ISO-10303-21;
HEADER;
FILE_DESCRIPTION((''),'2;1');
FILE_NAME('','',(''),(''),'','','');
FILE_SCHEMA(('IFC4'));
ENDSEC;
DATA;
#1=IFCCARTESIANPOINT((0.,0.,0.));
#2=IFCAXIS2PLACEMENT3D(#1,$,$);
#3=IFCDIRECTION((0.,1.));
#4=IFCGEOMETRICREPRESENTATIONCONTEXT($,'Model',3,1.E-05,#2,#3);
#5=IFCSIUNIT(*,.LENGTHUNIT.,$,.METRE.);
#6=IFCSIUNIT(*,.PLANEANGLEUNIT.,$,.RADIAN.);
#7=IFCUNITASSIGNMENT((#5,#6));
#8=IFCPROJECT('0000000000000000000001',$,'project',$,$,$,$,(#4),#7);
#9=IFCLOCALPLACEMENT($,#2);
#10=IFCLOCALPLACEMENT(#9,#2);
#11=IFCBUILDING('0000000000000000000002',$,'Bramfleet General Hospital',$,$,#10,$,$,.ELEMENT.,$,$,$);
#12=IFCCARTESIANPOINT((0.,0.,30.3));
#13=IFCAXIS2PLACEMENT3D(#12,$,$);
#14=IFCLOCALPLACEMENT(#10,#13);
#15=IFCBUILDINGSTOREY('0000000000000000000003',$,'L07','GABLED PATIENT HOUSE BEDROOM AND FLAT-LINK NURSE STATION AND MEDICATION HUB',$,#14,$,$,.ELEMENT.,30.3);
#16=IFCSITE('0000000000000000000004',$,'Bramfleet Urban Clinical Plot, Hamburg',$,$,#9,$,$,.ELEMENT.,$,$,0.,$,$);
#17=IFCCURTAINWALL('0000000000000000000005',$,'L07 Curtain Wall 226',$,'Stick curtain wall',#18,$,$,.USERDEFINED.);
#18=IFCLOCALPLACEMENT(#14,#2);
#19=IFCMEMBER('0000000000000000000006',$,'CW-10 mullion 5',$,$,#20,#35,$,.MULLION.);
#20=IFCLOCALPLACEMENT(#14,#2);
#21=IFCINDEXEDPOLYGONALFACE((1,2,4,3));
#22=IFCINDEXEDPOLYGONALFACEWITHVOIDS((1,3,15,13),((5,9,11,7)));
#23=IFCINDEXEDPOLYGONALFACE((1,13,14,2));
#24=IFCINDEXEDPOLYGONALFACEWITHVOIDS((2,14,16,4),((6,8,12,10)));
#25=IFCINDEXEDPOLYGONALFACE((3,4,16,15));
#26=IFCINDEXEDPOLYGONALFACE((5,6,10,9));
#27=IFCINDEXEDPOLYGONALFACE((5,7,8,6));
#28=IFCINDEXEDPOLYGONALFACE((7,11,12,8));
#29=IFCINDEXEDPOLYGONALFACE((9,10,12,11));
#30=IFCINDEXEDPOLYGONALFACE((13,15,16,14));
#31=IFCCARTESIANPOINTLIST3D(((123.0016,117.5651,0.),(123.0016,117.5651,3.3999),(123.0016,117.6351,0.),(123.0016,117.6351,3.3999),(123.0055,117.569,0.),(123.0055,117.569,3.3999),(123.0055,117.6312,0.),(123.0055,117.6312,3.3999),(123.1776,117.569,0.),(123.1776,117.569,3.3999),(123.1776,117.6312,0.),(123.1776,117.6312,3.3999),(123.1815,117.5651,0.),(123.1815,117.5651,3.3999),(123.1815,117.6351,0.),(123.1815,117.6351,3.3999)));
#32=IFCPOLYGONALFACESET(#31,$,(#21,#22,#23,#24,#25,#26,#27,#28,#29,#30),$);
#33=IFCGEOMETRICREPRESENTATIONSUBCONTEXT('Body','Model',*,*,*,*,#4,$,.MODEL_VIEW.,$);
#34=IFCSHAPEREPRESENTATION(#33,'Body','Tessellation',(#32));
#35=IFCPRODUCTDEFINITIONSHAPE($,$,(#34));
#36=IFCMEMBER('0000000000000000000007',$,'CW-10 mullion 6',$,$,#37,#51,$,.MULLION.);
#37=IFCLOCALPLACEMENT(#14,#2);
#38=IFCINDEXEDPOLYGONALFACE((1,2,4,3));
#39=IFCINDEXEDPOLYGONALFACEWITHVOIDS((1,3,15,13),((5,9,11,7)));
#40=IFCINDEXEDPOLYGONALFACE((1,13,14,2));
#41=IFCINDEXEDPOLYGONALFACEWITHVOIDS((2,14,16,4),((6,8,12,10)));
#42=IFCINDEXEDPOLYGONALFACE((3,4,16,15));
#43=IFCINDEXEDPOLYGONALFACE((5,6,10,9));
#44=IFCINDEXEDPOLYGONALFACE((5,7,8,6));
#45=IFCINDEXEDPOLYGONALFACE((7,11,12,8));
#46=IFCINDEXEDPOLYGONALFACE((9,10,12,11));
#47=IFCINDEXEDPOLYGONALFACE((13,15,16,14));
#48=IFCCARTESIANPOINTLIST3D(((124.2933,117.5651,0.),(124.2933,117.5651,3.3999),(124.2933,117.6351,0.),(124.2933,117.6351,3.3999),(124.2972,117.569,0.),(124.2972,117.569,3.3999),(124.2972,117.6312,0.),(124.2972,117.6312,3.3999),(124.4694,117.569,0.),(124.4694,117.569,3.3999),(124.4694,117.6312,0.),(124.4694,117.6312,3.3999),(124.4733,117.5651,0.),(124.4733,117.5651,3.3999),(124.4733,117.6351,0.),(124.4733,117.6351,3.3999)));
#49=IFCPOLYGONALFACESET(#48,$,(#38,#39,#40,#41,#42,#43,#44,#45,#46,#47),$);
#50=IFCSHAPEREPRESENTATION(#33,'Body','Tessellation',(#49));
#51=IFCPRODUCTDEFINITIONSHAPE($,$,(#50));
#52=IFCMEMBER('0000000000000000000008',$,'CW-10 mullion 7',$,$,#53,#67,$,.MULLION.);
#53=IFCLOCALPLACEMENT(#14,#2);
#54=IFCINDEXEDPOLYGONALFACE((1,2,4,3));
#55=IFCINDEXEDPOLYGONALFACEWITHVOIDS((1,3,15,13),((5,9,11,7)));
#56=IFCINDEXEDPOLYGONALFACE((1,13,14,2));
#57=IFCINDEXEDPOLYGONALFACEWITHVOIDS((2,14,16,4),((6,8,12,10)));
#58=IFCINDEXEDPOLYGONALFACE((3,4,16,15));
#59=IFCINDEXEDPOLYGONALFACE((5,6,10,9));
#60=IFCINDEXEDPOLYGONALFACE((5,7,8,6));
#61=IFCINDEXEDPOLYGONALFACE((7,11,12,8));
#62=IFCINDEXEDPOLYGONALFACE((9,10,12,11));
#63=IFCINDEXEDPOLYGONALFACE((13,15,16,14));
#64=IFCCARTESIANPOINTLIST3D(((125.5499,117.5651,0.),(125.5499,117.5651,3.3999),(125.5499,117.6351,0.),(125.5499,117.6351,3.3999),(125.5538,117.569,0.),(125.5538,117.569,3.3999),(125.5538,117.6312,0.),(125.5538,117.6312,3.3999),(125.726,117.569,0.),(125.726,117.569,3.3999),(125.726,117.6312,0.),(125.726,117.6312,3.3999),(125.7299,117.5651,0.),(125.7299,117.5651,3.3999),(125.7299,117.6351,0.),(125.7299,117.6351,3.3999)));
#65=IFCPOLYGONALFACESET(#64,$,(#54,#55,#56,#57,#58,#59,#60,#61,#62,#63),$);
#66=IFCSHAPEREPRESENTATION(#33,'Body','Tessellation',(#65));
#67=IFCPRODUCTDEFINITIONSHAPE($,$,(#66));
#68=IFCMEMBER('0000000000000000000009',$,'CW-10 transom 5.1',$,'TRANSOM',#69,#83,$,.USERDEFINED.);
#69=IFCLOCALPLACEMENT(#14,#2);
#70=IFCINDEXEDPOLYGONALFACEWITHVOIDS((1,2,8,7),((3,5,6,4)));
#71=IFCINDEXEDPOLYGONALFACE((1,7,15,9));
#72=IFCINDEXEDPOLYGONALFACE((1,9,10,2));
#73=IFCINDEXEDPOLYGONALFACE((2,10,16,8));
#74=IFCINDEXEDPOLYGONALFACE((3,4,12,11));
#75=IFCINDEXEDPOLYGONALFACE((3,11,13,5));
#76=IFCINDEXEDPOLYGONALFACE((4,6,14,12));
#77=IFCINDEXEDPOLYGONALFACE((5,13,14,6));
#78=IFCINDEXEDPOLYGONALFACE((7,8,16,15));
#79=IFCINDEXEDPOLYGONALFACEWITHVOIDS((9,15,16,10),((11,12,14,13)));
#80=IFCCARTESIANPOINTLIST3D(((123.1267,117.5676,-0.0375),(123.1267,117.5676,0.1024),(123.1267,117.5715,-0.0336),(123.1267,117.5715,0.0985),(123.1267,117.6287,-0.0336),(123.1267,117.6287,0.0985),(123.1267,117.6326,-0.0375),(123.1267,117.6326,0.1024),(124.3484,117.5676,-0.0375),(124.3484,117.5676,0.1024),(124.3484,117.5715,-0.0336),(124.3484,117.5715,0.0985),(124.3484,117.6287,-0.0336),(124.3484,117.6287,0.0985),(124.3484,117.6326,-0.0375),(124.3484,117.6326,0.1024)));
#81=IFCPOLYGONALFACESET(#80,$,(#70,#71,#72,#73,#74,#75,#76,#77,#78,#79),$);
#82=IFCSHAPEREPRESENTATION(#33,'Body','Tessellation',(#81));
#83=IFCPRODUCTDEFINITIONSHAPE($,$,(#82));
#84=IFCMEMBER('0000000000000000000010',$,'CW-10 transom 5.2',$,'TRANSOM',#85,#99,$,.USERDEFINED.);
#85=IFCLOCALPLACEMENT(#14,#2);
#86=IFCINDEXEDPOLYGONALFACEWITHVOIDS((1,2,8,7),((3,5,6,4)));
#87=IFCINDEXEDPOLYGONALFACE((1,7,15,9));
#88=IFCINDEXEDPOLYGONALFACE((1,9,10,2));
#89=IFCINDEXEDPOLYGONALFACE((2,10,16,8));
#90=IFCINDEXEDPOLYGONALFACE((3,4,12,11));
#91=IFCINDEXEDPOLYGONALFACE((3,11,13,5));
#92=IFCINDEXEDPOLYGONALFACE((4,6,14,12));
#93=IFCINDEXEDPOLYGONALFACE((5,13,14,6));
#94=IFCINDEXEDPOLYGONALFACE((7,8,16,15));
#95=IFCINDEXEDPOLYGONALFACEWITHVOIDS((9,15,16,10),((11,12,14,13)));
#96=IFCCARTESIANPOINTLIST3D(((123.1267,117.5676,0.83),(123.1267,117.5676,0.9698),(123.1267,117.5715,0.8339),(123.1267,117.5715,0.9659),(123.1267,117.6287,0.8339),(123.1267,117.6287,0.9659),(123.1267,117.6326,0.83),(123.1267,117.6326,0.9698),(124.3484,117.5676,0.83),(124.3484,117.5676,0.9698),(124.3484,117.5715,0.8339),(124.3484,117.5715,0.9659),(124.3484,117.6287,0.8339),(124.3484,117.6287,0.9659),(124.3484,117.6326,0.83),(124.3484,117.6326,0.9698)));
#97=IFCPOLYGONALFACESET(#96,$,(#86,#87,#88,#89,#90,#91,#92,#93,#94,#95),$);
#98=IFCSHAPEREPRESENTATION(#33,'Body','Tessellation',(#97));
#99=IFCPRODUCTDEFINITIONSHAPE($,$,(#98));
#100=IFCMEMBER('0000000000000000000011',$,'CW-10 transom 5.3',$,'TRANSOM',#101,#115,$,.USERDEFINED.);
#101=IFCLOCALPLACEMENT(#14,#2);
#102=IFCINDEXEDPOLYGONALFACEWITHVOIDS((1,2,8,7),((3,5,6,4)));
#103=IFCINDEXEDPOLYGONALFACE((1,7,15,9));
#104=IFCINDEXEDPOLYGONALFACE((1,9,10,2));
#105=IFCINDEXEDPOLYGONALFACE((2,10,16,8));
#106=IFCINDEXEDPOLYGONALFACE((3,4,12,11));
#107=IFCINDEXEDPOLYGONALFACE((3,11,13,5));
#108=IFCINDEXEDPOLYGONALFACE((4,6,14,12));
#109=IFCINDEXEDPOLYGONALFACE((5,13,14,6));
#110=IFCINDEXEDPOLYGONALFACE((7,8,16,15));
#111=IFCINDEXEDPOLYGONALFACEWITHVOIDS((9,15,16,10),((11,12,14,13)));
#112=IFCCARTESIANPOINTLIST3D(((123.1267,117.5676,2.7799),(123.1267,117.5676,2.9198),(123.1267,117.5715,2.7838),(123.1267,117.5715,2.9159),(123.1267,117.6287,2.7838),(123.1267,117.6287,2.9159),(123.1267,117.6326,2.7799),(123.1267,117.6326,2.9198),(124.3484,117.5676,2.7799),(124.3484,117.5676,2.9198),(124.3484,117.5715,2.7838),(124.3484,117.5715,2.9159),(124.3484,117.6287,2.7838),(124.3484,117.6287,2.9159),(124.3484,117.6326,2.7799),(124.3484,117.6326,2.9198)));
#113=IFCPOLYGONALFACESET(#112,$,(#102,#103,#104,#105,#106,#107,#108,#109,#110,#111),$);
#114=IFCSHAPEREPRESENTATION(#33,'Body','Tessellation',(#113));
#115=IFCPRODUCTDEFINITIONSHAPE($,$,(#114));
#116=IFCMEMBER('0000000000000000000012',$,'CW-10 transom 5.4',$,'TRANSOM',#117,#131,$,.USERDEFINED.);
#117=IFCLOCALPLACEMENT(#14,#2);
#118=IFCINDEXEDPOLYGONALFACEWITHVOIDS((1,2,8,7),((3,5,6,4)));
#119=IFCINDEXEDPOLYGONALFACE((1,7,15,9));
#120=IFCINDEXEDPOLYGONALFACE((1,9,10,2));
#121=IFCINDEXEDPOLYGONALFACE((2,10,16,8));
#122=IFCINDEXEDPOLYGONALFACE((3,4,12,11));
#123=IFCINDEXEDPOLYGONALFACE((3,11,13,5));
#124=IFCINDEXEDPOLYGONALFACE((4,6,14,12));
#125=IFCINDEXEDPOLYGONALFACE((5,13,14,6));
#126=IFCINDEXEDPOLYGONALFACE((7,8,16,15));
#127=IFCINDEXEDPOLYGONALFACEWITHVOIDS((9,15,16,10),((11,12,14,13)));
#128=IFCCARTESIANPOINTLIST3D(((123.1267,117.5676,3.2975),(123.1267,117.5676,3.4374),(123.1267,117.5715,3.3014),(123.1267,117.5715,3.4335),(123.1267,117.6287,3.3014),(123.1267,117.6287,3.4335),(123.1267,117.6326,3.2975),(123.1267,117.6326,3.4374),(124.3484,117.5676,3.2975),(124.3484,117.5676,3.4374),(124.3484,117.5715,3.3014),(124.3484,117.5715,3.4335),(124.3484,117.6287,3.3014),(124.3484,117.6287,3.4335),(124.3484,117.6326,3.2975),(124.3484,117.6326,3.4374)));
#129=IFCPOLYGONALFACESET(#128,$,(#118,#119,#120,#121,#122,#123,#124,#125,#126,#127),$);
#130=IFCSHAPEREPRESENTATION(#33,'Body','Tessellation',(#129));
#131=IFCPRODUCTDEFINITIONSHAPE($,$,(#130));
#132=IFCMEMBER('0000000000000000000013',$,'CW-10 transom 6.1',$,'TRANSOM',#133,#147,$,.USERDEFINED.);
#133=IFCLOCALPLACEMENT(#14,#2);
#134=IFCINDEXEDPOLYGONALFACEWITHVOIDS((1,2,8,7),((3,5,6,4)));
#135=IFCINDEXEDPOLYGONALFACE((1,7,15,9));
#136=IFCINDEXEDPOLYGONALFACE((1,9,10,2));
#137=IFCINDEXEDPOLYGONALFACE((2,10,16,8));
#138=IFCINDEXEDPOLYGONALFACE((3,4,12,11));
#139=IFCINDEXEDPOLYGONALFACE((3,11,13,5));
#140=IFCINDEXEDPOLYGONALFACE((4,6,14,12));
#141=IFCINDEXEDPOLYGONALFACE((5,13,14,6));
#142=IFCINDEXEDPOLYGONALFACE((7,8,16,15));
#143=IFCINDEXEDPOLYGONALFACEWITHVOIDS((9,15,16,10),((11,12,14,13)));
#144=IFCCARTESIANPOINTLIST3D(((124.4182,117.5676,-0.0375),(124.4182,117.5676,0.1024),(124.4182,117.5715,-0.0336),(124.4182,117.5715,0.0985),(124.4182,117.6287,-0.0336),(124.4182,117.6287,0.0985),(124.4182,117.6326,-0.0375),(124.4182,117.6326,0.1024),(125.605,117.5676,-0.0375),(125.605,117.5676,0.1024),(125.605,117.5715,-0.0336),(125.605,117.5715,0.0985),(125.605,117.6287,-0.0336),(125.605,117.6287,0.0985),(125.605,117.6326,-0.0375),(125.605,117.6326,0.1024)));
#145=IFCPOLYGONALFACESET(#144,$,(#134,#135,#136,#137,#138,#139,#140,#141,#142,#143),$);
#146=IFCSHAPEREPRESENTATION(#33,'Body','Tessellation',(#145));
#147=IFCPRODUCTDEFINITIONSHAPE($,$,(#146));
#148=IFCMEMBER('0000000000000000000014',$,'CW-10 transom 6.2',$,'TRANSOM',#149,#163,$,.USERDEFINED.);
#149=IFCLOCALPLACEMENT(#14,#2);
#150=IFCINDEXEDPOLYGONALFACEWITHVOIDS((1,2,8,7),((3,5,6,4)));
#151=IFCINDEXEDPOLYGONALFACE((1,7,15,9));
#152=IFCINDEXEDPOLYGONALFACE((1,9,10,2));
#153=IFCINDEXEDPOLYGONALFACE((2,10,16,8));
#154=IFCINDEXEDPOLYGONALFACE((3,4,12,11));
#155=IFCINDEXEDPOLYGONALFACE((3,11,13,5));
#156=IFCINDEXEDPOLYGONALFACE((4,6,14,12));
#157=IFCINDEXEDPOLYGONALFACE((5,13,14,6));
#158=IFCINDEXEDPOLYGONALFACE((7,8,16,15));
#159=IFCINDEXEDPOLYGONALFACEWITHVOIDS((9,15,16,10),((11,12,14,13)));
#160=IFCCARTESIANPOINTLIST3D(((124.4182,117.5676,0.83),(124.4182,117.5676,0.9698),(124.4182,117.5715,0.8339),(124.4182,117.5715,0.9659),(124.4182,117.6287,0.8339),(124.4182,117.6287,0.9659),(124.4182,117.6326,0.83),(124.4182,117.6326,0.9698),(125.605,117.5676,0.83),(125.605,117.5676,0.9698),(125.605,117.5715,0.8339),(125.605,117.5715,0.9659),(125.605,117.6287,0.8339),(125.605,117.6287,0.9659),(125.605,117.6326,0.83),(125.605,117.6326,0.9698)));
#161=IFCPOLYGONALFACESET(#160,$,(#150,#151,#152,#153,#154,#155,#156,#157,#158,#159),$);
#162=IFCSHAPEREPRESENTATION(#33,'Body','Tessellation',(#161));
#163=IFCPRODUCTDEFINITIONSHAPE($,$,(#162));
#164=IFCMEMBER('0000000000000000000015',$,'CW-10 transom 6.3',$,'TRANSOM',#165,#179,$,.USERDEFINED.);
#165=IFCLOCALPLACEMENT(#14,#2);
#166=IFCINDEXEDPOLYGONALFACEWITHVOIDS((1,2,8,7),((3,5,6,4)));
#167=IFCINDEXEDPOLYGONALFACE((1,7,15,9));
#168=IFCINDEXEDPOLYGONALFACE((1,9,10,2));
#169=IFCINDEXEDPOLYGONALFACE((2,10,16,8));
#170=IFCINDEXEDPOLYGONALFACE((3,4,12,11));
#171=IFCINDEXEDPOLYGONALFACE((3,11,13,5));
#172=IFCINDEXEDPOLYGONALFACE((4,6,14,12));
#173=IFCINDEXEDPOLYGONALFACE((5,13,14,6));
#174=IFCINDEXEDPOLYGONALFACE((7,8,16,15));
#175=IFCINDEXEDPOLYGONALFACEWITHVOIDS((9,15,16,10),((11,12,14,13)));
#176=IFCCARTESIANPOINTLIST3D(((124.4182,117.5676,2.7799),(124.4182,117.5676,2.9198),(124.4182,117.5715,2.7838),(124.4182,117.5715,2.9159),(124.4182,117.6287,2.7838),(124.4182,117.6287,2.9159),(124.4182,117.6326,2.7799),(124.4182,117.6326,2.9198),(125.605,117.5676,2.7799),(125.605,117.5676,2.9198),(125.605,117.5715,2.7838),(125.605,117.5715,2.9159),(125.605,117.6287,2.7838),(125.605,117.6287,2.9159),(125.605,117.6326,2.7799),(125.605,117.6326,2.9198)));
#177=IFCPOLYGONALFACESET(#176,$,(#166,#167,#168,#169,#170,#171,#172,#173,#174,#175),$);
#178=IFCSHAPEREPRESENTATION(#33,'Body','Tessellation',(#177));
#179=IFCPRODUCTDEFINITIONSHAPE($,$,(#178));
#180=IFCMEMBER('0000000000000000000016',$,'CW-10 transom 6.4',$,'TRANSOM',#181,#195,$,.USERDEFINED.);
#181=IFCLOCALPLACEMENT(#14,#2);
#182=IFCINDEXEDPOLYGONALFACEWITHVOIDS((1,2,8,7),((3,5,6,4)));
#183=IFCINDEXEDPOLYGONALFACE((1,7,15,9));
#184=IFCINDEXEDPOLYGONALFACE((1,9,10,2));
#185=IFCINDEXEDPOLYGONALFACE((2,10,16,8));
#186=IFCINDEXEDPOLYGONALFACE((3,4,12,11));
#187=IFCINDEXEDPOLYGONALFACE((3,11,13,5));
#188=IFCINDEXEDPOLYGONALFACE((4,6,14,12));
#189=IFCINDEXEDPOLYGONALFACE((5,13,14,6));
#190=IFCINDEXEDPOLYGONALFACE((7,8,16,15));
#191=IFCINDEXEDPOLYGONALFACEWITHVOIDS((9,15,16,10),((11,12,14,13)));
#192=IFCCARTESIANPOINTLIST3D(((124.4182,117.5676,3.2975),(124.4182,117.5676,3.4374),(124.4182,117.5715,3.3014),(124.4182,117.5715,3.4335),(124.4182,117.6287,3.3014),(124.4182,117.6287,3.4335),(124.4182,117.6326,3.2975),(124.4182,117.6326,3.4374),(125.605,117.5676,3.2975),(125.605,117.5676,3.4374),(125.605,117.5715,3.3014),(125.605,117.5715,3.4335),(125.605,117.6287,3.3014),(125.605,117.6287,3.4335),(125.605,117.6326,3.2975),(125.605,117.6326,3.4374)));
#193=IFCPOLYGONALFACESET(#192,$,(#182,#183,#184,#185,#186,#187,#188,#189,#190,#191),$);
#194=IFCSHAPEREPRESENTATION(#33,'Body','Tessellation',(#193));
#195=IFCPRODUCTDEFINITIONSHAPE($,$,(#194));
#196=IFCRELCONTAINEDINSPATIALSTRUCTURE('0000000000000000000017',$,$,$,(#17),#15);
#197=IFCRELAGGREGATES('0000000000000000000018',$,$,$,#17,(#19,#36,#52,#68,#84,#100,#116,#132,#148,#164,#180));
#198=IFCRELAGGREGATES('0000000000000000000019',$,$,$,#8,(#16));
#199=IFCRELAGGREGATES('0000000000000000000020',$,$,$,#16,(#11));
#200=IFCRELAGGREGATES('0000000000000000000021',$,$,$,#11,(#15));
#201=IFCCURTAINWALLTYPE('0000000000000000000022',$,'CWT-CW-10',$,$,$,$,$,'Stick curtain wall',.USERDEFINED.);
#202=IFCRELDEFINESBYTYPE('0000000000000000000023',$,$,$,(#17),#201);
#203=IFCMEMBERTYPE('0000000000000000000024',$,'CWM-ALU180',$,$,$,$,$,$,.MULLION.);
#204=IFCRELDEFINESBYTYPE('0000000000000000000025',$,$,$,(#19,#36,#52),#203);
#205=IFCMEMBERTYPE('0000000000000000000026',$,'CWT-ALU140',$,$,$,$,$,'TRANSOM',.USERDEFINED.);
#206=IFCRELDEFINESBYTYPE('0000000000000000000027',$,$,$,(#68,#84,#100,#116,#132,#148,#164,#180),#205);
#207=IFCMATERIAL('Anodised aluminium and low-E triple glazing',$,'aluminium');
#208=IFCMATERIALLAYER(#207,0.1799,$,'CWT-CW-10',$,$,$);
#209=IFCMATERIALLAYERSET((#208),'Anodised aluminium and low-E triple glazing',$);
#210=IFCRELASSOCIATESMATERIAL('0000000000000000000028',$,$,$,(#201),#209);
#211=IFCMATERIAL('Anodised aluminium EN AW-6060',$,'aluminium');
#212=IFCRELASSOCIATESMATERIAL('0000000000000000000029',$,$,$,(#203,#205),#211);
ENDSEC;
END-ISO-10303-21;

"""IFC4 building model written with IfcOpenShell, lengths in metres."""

from ifc_helpers import new_model, si_unit, direction, frame, origin, origin_2d, place, context, subcontext, project, spatial, hollow_rectangle, extrude, material, layer, layer_set, material_profile, profile_set, type_object, element, aggregate, save


model = new_model("IFC4")

# Units and contexts
model_context = context("Model", 3, precision=1e-05, world=origin(), true_north=direction((0.0, 1.0)))
body_context = subcontext(model_context, "Body", "Model", "MODEL_VIEW")
ifc_project = project(units=[si_unit("LENGTHUNIT", "METRE"), si_unit("PLANEANGLEUNIT", "RADIAN")], contexts=[model_context])

# Site, building, storey
site_placement = place(None, origin())
site = spatial("IfcSite", under=ifc_project, at=site_placement, Name="Bramfleet Urban Clinical Plot, Hamburg", CompositionType="ELEMENT", RefElevation=0.0)
building_placement = place(site_placement, origin())
building = spatial("IfcBuilding", under=site, at=building_placement, Name="Bramfleet General Hospital", CompositionType="ELEMENT")
storey_placement = place(building_placement, frame((0.0, 0.0, 30.3)))
storey = spatial("IfcBuildingStorey", under=building, at=storey_placement, Name="L07", Description="GABLED PATIENT HOUSE BEDROOM AND FLAT-LINK NURSE STATION AND MEDICATION HUB", CompositionType="ELEMENT", Elevation=30.3)

# Curtain wall, members
ifc_material_1 = material(Name="Anodised aluminium and low-E triple glazing", Category="aluminium")
ifc_layer_1 = layer(ifc_material_1, 0.1799, Name="CWT-CW-10")
ifc_layer_set_1 = layer_set([ifc_layer_1], Name="Anodised aluminium and low-E triple glazing")
curtain_wall_type = type_object("IfcCurtainWallType", Name="CWT-CW-10", ElementType="Stick curtain wall", PredefinedType="USERDEFINED", material=ifc_layer_set_1)
curtain_wall_placement = place(storey_placement, origin())
curtain_wall = element("IfcCurtainWall", 1, at=curtain_wall_placement, inside=storey, type_object=curtain_wall_type, Name="L07 Curtain Wall 226", ObjectType="Stick curtain wall", PredefinedType="USERDEFINED")
ifc_material_2 = material(Name="Anodised aluminium EN AW-6060", Category="aluminium")
ifc_material_profile_1 = material_profile(ifc_material_2, hollow_rectangle(XDim=0.0701, YDim=0.1799, WallThickness=0.0039, at=origin_2d()), Name="ALU 180x70x4.0")
ifc_profile_set_1 = profile_set([ifc_material_profile_1], Name="Anodised aluminium EN AW-6060")
member_type_1 = type_object("IfcMemberType", Name="CWM-ALU180", PredefinedType="MULLION", material=ifc_profile_set_1)
member_1_placement = place(storey_placement, frame((123.0916, 117.6001, 0.0), z_axis=(0.0, 0.0, 1.0), x_axis=(0.0, 1.0, 0.0)))
member_1 = element("IfcMember", 2, at=member_1_placement, type_object=member_type_1, Name="CW-10 mullion 5", PredefinedType="MULLION", context=body_context, shape_type="SweptSolid", body=[
    extrude(hollow_rectangle(XDim=0.0701, YDim=0.1799, WallThickness=0.0039, at=origin_2d()), origin(), (0.0, 0.0, 1.0), 3.3999),
])
member_2_placement = place(storey_placement, frame((124.3833, 117.6001, 0.0), z_axis=(0.0, 0.0, 1.0), x_axis=(0.0, 1.0, 0.0)))
member_2 = element("IfcMember", 3, at=member_2_placement, type_object=member_type_1, Name="CW-10 mullion 6", PredefinedType="MULLION", context=body_context, shape_type="SweptSolid", body=[
    extrude(hollow_rectangle(XDim=0.0701, YDim=0.1799, WallThickness=0.0039, at=origin_2d()), origin(), (0.0, 0.0, 1.0), 3.3999),
])
member_3_placement = place(storey_placement, frame((125.6399, 117.6001, 0.0), z_axis=(0.0, 0.0, 1.0), x_axis=(0.0, 1.0, 0.0)))
member_3 = element("IfcMember", 4, at=member_3_placement, type_object=member_type_1, Name="CW-10 mullion 7", PredefinedType="MULLION", context=body_context, shape_type="SweptSolid", body=[
    extrude(hollow_rectangle(XDim=0.0701, YDim=0.1799, WallThickness=0.0039, at=origin_2d()), origin(), (0.0, 0.0, 1.0), 3.3999),
])
ifc_material_profile_2 = material_profile(ifc_material_2, hollow_rectangle(XDim=0.0649, YDim=0.1399, WallThickness=0.0039, at=origin_2d()), Name="ALU 140x65x4.0")
ifc_profile_set_2 = profile_set([ifc_material_profile_2], Name="Anodised aluminium EN AW-6060")
member_type_2 = type_object("IfcMemberType", Name="CWT-ALU140", ElementType="TRANSOM", PredefinedType="USERDEFINED", material=ifc_profile_set_2)
member_4_placement = place(storey_placement, frame((123.1267, 117.6001, 0.0325), z_axis=(1.0, 0.0, 0.0), x_axis=(0.0, 1.0, 0.0)))
member_4 = element("IfcMember", 5, at=member_4_placement, type_object=member_type_2, Name="CW-10 transom 5.1", ObjectType="TRANSOM", PredefinedType="USERDEFINED", context=body_context, shape_type="SweptSolid", body=[
    extrude(hollow_rectangle(XDim=0.0649, YDim=0.1399, WallThickness=0.0039, at=origin_2d()), origin(), (0.0, 0.0, 1.0), 1.2217),
])
member_5_placement = place(storey_placement, frame((123.1267, 117.6001, 0.8999), z_axis=(1.0, 0.0, 0.0), x_axis=(0.0, 1.0, 0.0)))
member_5 = element("IfcMember", 6, at=member_5_placement, type_object=member_type_2, Name="CW-10 transom 5.2", ObjectType="TRANSOM", PredefinedType="USERDEFINED", context=body_context, shape_type="SweptSolid", body=[
    extrude(hollow_rectangle(XDim=0.0649, YDim=0.1399, WallThickness=0.0039, at=origin_2d()), origin(), (0.0, 0.0, 1.0), 1.2217),
])
member_6_placement = place(storey_placement, frame((123.1267, 117.6001, 2.8499), z_axis=(1.0, 0.0, 0.0), x_axis=(0.0, 1.0, 0.0)))
member_6 = element("IfcMember", 7, at=member_6_placement, type_object=member_type_2, Name="CW-10 transom 5.3", ObjectType="TRANSOM", PredefinedType="USERDEFINED", context=body_context, shape_type="SweptSolid", body=[
    extrude(hollow_rectangle(XDim=0.0649, YDim=0.1399, WallThickness=0.0039, at=origin_2d()), origin(), (0.0, 0.0, 1.0), 1.2217),
])
member_7_placement = place(storey_placement, frame((123.1267, 117.6001, 3.3674), z_axis=(1.0, 0.0, 0.0), x_axis=(0.0, 1.0, 0.0)))
member_7 = element("IfcMember", 8, at=member_7_placement, type_object=member_type_2, Name="CW-10 transom 5.4", ObjectType="TRANSOM", PredefinedType="USERDEFINED", context=body_context, shape_type="SweptSolid", body=[
    extrude(hollow_rectangle(XDim=0.0649, YDim=0.1399, WallThickness=0.0039, at=origin_2d()), origin(), (0.0, 0.0, 1.0), 1.2217),
])
member_8_placement = place(storey_placement, frame((124.4182, 117.6001, 0.0325), z_axis=(1.0, 0.0, 0.0), x_axis=(0.0, 1.0, 0.0)))
member_8 = element("IfcMember", 9, at=member_8_placement, type_object=member_type_2, Name="CW-10 transom 6.1", ObjectType="TRANSOM", PredefinedType="USERDEFINED", context=body_context, shape_type="SweptSolid", body=[
    extrude(hollow_rectangle(XDim=0.0649, YDim=0.1399, WallThickness=0.0039, at=origin_2d()), origin(), (0.0, 0.0, 1.0), 1.1868),
])
member_9_placement = place(storey_placement, frame((124.4182, 117.6001, 0.8999), z_axis=(1.0, 0.0, 0.0), x_axis=(0.0, 1.0, 0.0)))
member_9 = element("IfcMember", 10, at=member_9_placement, type_object=member_type_2, Name="CW-10 transom 6.2", ObjectType="TRANSOM", PredefinedType="USERDEFINED", context=body_context, shape_type="SweptSolid", body=[
    extrude(hollow_rectangle(XDim=0.0649, YDim=0.1399, WallThickness=0.0039, at=origin_2d()), origin(), (0.0, 0.0, 1.0), 1.1868),
])
member_10_placement = place(storey_placement, frame((124.4182, 117.6001, 2.8499), z_axis=(1.0, 0.0, 0.0), x_axis=(0.0, 1.0, 0.0)))
member_10 = element("IfcMember", 11, at=member_10_placement, type_object=member_type_2, Name="CW-10 transom 6.3", ObjectType="TRANSOM", PredefinedType="USERDEFINED", context=body_context, shape_type="SweptSolid", body=[
    extrude(hollow_rectangle(XDim=0.0649, YDim=0.1399, WallThickness=0.0039, at=origin_2d()), origin(), (0.0, 0.0, 1.0), 1.1868),
])
member_11_placement = place(storey_placement, frame((124.4182, 117.6001, 3.3674), z_axis=(1.0, 0.0, 0.0), x_axis=(0.0, 1.0, 0.0)))
member_11 = element("IfcMember", 12, at=member_11_placement, type_object=member_type_2, Name="CW-10 transom 6.4", ObjectType="TRANSOM", PredefinedType="USERDEFINED", context=body_context, shape_type="SweptSolid", body=[
    extrude(hollow_rectangle(XDim=0.0649, YDim=0.1399, WallThickness=0.0039, at=origin_2d()), origin(), (0.0, 0.0, 1.0), 1.1868),
])
aggregate(curtain_wall, [member_1, member_2, member_3, member_4, member_5, member_6, member_7, member_8, member_9, member_10, member_11])

save(model, "model.ifc")
